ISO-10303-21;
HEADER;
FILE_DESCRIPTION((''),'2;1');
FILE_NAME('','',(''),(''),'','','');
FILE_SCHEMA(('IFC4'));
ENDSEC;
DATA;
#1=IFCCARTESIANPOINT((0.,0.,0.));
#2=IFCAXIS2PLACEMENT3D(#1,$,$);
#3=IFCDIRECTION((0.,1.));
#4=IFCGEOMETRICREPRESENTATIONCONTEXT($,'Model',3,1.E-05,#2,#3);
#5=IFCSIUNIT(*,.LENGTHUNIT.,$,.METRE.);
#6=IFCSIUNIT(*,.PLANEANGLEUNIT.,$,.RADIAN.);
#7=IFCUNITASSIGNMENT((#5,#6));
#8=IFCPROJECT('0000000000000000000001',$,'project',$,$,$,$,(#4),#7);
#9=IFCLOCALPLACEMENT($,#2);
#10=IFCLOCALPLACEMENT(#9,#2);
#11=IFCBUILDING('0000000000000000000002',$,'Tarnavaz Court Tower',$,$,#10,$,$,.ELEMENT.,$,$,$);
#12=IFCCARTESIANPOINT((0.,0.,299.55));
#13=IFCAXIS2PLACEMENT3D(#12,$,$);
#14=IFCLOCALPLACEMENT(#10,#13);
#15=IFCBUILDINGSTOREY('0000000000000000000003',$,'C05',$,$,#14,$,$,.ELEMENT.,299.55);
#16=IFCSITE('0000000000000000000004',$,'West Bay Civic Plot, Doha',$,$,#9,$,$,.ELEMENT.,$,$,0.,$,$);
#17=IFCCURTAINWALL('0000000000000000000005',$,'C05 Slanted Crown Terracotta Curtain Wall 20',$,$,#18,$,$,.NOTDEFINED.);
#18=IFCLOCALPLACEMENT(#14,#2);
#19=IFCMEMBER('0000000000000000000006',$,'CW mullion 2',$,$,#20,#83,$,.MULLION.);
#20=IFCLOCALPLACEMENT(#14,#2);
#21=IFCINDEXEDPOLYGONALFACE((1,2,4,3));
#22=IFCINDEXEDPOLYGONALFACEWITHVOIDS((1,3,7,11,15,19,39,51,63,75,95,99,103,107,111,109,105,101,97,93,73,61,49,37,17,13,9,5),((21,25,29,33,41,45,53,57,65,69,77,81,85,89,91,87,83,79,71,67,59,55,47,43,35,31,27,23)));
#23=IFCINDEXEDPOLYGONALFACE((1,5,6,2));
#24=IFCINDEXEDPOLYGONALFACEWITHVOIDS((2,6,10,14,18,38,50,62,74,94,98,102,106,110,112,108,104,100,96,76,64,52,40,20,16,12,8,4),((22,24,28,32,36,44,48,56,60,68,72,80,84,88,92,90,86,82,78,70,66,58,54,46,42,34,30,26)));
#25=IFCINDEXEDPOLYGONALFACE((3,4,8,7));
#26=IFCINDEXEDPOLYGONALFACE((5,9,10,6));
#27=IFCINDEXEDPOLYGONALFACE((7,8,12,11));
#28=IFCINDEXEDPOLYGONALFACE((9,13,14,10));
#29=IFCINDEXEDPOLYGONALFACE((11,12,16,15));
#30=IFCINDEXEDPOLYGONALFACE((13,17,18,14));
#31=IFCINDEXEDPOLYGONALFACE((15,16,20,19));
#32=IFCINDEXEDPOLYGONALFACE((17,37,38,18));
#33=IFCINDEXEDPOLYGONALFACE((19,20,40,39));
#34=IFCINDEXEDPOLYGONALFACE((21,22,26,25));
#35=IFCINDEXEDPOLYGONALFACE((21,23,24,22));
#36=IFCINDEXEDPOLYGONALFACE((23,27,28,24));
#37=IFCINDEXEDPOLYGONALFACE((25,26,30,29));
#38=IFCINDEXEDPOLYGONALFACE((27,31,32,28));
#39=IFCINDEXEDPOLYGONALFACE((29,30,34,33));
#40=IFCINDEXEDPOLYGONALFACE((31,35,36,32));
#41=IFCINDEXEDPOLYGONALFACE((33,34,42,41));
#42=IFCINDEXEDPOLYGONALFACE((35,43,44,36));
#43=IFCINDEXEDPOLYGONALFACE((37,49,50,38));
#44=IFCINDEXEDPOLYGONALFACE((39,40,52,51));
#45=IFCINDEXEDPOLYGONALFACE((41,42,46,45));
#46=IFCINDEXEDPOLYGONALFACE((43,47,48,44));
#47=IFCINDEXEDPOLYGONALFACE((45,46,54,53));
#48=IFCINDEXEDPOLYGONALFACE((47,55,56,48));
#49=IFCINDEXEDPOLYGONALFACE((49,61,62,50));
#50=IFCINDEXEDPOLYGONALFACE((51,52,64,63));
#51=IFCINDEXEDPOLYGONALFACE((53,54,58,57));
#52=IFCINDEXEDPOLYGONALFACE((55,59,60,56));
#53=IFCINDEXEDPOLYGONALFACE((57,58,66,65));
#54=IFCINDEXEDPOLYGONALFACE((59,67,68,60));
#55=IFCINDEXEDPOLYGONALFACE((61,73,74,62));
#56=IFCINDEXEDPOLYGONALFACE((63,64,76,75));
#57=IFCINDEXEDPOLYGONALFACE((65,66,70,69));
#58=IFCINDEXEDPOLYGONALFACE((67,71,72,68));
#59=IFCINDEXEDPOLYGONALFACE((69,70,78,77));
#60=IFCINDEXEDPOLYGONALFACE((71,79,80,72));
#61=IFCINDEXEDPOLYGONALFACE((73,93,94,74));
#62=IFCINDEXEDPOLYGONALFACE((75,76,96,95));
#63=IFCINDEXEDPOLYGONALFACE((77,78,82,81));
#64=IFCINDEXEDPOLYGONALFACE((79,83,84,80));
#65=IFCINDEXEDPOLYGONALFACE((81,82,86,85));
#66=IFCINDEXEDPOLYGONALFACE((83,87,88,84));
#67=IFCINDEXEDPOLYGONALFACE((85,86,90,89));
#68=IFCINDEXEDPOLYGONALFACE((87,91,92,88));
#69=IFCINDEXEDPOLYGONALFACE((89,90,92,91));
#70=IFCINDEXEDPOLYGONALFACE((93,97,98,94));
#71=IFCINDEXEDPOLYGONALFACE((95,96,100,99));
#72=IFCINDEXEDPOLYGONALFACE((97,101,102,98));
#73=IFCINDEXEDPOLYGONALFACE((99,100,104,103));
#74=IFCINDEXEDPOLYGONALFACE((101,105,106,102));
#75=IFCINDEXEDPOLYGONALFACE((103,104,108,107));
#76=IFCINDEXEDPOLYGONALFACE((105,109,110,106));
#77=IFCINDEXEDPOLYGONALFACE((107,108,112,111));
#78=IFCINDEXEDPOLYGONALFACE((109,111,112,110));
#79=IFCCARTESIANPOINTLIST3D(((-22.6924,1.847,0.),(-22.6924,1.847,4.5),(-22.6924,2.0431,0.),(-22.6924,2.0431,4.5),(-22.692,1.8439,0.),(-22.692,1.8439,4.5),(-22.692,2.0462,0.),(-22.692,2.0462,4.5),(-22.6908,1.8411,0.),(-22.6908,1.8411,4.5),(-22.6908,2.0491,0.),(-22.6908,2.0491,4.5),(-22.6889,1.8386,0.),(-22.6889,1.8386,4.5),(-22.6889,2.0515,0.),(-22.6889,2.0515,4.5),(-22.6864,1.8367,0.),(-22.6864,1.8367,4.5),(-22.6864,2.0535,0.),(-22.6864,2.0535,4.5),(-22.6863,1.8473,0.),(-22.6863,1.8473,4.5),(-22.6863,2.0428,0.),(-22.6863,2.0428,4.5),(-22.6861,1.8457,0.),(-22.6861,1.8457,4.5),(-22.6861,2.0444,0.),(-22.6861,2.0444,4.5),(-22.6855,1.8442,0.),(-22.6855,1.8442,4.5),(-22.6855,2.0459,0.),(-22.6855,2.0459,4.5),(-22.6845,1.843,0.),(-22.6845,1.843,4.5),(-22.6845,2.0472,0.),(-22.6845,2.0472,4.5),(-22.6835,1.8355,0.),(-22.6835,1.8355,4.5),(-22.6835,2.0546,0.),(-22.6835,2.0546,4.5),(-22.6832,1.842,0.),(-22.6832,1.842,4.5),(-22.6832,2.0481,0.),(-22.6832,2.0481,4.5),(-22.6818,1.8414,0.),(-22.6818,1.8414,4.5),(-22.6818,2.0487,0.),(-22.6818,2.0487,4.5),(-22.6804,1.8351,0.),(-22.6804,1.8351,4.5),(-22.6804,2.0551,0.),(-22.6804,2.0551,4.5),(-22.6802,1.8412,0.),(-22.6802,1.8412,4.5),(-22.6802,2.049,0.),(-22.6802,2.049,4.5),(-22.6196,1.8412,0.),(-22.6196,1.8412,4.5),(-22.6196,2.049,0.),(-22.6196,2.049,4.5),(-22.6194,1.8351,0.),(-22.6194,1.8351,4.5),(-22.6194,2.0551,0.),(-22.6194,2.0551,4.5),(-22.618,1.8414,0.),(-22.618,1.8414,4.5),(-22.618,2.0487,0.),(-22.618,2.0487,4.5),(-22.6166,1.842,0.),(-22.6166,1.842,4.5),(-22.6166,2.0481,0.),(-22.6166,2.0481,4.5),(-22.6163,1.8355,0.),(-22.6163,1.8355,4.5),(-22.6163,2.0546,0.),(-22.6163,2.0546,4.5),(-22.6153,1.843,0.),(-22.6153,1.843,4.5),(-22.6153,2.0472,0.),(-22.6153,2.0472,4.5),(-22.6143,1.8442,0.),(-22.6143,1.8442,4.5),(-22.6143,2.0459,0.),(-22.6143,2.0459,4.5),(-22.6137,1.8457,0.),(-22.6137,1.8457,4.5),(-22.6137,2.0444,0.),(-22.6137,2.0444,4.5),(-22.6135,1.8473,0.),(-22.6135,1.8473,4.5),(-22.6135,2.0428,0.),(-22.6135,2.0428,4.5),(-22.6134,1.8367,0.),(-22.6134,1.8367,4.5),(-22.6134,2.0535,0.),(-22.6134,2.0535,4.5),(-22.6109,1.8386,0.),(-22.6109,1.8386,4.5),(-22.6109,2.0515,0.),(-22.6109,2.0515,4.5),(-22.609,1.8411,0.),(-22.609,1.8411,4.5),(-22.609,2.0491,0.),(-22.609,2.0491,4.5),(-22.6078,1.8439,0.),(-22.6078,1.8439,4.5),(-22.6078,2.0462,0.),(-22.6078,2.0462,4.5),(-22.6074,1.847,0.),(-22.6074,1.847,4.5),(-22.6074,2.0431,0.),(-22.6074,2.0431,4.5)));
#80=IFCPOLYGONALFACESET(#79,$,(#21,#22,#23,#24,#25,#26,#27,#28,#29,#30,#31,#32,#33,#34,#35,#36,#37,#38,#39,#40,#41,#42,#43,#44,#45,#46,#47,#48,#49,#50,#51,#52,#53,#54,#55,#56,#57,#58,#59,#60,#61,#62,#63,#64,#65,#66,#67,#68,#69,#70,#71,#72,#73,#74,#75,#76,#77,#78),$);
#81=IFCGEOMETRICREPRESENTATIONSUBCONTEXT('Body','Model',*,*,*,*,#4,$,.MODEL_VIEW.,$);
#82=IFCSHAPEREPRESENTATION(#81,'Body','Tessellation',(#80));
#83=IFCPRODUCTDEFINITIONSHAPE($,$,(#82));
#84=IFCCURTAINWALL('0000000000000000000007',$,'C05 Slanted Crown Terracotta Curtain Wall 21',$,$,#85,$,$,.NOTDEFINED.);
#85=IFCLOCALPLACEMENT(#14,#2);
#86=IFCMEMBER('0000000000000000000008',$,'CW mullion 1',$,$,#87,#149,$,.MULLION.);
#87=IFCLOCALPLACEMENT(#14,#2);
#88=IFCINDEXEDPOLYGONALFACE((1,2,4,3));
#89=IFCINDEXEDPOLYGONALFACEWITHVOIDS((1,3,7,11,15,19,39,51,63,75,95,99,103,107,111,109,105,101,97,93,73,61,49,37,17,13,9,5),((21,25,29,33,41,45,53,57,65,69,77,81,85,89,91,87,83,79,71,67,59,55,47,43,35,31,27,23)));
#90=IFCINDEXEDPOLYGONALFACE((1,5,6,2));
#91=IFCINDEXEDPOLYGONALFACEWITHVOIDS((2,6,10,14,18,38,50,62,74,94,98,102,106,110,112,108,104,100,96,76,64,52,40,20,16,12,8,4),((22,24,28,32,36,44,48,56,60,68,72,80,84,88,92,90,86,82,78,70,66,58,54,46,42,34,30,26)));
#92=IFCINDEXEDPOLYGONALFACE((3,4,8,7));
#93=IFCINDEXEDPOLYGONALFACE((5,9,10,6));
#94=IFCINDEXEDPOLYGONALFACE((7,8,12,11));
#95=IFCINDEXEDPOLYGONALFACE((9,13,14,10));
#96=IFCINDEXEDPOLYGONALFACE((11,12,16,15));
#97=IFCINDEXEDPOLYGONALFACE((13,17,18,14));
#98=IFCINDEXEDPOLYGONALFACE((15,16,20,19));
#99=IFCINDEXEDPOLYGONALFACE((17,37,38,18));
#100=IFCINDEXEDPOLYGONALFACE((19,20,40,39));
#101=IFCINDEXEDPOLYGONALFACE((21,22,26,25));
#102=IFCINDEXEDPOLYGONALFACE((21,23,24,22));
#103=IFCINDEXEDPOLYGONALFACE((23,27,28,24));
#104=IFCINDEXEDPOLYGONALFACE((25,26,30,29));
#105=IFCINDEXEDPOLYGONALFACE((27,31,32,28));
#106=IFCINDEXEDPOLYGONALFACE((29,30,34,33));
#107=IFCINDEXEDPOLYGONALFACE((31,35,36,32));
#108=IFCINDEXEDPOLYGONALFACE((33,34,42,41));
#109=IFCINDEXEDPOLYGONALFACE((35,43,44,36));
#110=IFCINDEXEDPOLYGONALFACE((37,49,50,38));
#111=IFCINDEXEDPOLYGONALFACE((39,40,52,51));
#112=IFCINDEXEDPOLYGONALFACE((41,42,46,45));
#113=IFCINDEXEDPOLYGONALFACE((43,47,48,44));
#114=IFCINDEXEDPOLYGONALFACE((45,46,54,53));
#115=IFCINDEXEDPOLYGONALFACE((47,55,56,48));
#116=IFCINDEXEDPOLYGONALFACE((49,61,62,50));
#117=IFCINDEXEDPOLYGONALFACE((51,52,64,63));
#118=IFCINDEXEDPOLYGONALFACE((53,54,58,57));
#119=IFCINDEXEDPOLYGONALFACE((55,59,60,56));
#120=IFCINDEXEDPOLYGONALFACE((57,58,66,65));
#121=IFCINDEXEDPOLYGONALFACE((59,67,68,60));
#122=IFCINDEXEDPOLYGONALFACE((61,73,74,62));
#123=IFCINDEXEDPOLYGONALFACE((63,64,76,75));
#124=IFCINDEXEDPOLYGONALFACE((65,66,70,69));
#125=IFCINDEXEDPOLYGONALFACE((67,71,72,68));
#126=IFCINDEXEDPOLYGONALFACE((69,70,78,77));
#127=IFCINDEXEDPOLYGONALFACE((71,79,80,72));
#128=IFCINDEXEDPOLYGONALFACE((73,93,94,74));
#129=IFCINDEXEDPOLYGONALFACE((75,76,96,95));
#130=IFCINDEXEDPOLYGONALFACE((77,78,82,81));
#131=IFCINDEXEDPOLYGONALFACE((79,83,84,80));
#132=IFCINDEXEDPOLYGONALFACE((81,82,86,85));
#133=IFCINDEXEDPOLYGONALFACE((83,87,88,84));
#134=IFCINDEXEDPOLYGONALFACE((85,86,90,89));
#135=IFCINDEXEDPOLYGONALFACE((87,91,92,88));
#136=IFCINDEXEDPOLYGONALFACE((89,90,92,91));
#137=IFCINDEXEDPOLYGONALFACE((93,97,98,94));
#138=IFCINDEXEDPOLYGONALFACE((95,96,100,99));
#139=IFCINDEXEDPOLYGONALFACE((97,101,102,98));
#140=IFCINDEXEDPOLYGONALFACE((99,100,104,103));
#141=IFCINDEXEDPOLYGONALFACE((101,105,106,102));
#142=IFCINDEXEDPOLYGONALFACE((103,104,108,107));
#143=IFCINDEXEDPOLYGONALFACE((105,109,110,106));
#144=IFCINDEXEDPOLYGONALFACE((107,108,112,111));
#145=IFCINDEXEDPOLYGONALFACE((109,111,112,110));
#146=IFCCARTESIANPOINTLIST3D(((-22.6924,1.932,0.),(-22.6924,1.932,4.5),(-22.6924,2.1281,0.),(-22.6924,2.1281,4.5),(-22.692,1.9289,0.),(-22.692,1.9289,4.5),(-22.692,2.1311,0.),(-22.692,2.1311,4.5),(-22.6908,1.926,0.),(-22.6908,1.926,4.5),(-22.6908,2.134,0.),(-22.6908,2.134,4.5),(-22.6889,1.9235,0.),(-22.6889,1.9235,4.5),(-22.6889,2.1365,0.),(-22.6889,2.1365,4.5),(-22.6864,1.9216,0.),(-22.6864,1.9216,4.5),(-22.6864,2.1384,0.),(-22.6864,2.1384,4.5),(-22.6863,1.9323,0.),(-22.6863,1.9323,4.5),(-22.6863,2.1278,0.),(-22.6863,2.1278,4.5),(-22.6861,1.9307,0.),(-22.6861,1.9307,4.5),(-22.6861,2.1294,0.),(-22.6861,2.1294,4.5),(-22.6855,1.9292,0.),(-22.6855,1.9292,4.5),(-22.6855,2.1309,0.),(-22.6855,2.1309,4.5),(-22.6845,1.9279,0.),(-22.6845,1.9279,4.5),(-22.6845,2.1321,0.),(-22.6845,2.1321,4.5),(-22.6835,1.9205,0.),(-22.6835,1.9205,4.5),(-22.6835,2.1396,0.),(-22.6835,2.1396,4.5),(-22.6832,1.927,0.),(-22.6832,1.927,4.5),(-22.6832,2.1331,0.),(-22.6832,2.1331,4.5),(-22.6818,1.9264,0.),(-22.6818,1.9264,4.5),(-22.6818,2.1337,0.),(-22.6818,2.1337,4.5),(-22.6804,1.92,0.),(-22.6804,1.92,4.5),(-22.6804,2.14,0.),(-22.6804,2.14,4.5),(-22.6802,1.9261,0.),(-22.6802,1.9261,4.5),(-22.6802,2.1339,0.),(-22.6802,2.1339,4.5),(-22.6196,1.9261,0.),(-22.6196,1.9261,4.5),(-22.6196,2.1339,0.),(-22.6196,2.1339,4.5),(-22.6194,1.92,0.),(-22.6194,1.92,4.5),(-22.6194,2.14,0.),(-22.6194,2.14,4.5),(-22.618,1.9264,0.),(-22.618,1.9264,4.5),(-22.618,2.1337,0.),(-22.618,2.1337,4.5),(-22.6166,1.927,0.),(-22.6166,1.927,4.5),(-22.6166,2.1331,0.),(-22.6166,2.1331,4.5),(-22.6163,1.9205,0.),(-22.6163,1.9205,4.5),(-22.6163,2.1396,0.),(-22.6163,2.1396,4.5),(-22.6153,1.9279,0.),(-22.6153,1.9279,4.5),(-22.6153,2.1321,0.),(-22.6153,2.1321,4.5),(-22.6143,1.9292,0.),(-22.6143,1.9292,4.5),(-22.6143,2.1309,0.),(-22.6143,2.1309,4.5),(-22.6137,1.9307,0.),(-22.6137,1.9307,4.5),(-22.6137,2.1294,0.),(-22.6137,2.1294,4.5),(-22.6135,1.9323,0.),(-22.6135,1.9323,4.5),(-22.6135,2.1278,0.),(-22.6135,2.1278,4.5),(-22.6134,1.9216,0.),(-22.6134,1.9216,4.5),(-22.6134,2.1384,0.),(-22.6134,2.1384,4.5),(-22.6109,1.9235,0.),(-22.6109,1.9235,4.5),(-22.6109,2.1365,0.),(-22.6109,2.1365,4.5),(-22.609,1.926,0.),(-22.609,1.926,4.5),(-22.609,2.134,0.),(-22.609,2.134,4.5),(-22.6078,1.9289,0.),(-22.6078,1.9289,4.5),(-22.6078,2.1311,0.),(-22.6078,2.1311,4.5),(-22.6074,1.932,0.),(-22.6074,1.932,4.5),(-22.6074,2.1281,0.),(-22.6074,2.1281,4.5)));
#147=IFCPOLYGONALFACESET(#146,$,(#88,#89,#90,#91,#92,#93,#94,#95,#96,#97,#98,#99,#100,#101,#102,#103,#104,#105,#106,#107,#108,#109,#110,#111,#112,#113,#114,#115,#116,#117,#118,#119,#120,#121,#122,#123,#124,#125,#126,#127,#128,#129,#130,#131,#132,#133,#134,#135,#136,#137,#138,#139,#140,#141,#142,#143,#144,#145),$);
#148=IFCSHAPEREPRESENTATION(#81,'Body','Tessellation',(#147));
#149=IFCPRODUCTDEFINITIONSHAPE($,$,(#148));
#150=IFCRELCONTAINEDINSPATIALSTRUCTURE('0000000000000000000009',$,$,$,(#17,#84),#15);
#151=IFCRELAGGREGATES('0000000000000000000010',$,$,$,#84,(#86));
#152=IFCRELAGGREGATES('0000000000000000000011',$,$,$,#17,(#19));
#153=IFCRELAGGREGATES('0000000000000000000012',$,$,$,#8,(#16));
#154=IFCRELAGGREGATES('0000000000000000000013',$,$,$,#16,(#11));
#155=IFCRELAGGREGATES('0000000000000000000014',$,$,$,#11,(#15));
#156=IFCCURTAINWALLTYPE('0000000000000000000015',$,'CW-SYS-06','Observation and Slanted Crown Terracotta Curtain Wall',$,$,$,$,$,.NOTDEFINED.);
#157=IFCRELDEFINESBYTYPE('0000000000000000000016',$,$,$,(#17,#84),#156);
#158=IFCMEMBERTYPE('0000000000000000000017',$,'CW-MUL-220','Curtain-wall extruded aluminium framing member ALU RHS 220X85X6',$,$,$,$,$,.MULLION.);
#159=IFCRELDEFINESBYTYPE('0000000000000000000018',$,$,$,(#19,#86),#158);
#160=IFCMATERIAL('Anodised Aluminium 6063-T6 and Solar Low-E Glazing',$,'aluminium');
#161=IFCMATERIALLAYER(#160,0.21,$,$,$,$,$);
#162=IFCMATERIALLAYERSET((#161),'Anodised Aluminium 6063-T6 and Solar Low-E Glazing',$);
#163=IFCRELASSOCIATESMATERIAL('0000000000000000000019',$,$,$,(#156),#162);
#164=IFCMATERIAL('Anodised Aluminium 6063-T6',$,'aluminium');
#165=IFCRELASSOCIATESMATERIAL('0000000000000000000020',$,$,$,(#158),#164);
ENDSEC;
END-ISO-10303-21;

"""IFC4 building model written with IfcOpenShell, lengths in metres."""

from ifc_helpers import new_model, si_unit, direction, frame, origin, origin_2d, place, context, subcontext, project, spatial, hollow_rectangle, extrude, material, layer, layer_set, material_profile, profile_set, type_object, element, aggregate, save


model = new_model("IFC4")

# Units and contexts
model_context = context("Model", 3, precision=1e-05, world=origin(), true_north=direction((0.0, 1.0)))
body_context = subcontext(model_context, "Body", "Model", "MODEL_VIEW")
ifc_project = project(units=[si_unit("LENGTHUNIT", "METRE"), si_unit("PLANEANGLEUNIT", "RADIAN")], contexts=[model_context])

# Site, building, storey
site_placement = place(None, origin())
site = spatial("IfcSite", under=ifc_project, at=site_placement, Name="West Bay Civic Plot, Doha", CompositionType="ELEMENT", RefElevation=0.0)
building_placement = place(site_placement, origin())
building = spatial("IfcBuilding", under=site, at=building_placement, Name="Tarnavaz Court Tower", CompositionType="ELEMENT")
storey_placement = place(building_placement, frame((0.0, 0.0, 299.55)))
storey = spatial("IfcBuildingStorey", under=building, at=storey_placement, Name="C05", CompositionType="ELEMENT", Elevation=299.55)

# Curtain wall, member
ifc_material_1 = material(Name="Anodised Aluminium 6063-T6 and Solar Low-E Glazing", Category="aluminium")
ifc_layer_1 = layer(ifc_material_1, 0.21)
ifc_layer_set_1 = layer_set([ifc_layer_1], Name="Anodised Aluminium 6063-T6 and Solar Low-E Glazing")
curtain_wall_type = type_object("IfcCurtainWallType", Name="CW-SYS-06", Description="Observation and Slanted Crown Terracotta Curtain Wall", PredefinedType="NOTDEFINED", material=ifc_layer_set_1)
ifc_material_2 = material(Name="Anodised Aluminium 6063-T6", Category="aluminium")
ifc_material_profile_1 = material_profile(ifc_material_2, hollow_rectangle(XDim=0.085, YDim=0.22, WallThickness=0.0061, InnerFilletRadius=0.0061, OuterFilletRadius=0.012, at=origin_2d()), Name="ALU RHS 220X85X6")
ifc_profile_set_1 = profile_set([ifc_material_profile_1], Name="Anodised Aluminium 6063-T6")
member_type_1 = type_object("IfcMemberType", Name="CW-MUL-220", Description="Curtain-wall extruded aluminium framing member ALU RHS 220X85X6", PredefinedType="MULLION", material=ifc_profile_set_1)
curtain_wall_1_placement = place(storey_placement, origin())
curtain_wall_1 = element("IfcCurtainWall", 1, at=curtain_wall_1_placement, inside=storey, type_object=curtain_wall_type, Name="C05 Slanted Crown Terracotta Curtain Wall 20", PredefinedType="NOTDEFINED")
member_1_placement = place(storey_placement, frame((-22.6499, 1.9451, 0.0), z_axis=(0.0, 0.0, 1.0), x_axis=(-1.0, 0.0, 0.0)))
member_1 = element("IfcMember", 2, at=member_1_placement, type_object=member_type_1, Name="CW mullion 2", PredefinedType="MULLION", context=body_context, shape_type="SweptSolid", body=[
    extrude(hollow_rectangle(XDim=0.085, YDim=0.22, WallThickness=0.0061, InnerFilletRadius=0.0061, OuterFilletRadius=0.012, at=origin_2d()), origin(), (0.0, 0.0, 1.0), 4.5),
])

# Curtain wall, member
curtain_wall_2_placement = place(storey_placement, origin())
curtain_wall_2 = element("IfcCurtainWall", 3, at=curtain_wall_2_placement, inside=storey, type_object=curtain_wall_type, Name="C05 Slanted Crown Terracotta Curtain Wall 21", PredefinedType="NOTDEFINED")
member_2_placement = place(storey_placement, frame((-22.6499, 2.03, 0.0), z_axis=(0.0, 0.0, 1.0), x_axis=(-1.0, 0.0, 0.0)))
member_2 = element("IfcMember", 4, at=member_2_placement, type_object=member_type_1, Name="CW mullion 1", PredefinedType="MULLION", context=body_context, shape_type="SweptSolid", body=[
    extrude(hollow_rectangle(XDim=0.085, YDim=0.22, WallThickness=0.0061, InnerFilletRadius=0.0061, OuterFilletRadius=0.012, at=origin_2d()), origin(), (0.0, 0.0, 1.0), 4.5),
])

aggregate(curtain_wall_2, [member_2])

aggregate(curtain_wall_1, [member_1])

save(model, "model.ifc")
